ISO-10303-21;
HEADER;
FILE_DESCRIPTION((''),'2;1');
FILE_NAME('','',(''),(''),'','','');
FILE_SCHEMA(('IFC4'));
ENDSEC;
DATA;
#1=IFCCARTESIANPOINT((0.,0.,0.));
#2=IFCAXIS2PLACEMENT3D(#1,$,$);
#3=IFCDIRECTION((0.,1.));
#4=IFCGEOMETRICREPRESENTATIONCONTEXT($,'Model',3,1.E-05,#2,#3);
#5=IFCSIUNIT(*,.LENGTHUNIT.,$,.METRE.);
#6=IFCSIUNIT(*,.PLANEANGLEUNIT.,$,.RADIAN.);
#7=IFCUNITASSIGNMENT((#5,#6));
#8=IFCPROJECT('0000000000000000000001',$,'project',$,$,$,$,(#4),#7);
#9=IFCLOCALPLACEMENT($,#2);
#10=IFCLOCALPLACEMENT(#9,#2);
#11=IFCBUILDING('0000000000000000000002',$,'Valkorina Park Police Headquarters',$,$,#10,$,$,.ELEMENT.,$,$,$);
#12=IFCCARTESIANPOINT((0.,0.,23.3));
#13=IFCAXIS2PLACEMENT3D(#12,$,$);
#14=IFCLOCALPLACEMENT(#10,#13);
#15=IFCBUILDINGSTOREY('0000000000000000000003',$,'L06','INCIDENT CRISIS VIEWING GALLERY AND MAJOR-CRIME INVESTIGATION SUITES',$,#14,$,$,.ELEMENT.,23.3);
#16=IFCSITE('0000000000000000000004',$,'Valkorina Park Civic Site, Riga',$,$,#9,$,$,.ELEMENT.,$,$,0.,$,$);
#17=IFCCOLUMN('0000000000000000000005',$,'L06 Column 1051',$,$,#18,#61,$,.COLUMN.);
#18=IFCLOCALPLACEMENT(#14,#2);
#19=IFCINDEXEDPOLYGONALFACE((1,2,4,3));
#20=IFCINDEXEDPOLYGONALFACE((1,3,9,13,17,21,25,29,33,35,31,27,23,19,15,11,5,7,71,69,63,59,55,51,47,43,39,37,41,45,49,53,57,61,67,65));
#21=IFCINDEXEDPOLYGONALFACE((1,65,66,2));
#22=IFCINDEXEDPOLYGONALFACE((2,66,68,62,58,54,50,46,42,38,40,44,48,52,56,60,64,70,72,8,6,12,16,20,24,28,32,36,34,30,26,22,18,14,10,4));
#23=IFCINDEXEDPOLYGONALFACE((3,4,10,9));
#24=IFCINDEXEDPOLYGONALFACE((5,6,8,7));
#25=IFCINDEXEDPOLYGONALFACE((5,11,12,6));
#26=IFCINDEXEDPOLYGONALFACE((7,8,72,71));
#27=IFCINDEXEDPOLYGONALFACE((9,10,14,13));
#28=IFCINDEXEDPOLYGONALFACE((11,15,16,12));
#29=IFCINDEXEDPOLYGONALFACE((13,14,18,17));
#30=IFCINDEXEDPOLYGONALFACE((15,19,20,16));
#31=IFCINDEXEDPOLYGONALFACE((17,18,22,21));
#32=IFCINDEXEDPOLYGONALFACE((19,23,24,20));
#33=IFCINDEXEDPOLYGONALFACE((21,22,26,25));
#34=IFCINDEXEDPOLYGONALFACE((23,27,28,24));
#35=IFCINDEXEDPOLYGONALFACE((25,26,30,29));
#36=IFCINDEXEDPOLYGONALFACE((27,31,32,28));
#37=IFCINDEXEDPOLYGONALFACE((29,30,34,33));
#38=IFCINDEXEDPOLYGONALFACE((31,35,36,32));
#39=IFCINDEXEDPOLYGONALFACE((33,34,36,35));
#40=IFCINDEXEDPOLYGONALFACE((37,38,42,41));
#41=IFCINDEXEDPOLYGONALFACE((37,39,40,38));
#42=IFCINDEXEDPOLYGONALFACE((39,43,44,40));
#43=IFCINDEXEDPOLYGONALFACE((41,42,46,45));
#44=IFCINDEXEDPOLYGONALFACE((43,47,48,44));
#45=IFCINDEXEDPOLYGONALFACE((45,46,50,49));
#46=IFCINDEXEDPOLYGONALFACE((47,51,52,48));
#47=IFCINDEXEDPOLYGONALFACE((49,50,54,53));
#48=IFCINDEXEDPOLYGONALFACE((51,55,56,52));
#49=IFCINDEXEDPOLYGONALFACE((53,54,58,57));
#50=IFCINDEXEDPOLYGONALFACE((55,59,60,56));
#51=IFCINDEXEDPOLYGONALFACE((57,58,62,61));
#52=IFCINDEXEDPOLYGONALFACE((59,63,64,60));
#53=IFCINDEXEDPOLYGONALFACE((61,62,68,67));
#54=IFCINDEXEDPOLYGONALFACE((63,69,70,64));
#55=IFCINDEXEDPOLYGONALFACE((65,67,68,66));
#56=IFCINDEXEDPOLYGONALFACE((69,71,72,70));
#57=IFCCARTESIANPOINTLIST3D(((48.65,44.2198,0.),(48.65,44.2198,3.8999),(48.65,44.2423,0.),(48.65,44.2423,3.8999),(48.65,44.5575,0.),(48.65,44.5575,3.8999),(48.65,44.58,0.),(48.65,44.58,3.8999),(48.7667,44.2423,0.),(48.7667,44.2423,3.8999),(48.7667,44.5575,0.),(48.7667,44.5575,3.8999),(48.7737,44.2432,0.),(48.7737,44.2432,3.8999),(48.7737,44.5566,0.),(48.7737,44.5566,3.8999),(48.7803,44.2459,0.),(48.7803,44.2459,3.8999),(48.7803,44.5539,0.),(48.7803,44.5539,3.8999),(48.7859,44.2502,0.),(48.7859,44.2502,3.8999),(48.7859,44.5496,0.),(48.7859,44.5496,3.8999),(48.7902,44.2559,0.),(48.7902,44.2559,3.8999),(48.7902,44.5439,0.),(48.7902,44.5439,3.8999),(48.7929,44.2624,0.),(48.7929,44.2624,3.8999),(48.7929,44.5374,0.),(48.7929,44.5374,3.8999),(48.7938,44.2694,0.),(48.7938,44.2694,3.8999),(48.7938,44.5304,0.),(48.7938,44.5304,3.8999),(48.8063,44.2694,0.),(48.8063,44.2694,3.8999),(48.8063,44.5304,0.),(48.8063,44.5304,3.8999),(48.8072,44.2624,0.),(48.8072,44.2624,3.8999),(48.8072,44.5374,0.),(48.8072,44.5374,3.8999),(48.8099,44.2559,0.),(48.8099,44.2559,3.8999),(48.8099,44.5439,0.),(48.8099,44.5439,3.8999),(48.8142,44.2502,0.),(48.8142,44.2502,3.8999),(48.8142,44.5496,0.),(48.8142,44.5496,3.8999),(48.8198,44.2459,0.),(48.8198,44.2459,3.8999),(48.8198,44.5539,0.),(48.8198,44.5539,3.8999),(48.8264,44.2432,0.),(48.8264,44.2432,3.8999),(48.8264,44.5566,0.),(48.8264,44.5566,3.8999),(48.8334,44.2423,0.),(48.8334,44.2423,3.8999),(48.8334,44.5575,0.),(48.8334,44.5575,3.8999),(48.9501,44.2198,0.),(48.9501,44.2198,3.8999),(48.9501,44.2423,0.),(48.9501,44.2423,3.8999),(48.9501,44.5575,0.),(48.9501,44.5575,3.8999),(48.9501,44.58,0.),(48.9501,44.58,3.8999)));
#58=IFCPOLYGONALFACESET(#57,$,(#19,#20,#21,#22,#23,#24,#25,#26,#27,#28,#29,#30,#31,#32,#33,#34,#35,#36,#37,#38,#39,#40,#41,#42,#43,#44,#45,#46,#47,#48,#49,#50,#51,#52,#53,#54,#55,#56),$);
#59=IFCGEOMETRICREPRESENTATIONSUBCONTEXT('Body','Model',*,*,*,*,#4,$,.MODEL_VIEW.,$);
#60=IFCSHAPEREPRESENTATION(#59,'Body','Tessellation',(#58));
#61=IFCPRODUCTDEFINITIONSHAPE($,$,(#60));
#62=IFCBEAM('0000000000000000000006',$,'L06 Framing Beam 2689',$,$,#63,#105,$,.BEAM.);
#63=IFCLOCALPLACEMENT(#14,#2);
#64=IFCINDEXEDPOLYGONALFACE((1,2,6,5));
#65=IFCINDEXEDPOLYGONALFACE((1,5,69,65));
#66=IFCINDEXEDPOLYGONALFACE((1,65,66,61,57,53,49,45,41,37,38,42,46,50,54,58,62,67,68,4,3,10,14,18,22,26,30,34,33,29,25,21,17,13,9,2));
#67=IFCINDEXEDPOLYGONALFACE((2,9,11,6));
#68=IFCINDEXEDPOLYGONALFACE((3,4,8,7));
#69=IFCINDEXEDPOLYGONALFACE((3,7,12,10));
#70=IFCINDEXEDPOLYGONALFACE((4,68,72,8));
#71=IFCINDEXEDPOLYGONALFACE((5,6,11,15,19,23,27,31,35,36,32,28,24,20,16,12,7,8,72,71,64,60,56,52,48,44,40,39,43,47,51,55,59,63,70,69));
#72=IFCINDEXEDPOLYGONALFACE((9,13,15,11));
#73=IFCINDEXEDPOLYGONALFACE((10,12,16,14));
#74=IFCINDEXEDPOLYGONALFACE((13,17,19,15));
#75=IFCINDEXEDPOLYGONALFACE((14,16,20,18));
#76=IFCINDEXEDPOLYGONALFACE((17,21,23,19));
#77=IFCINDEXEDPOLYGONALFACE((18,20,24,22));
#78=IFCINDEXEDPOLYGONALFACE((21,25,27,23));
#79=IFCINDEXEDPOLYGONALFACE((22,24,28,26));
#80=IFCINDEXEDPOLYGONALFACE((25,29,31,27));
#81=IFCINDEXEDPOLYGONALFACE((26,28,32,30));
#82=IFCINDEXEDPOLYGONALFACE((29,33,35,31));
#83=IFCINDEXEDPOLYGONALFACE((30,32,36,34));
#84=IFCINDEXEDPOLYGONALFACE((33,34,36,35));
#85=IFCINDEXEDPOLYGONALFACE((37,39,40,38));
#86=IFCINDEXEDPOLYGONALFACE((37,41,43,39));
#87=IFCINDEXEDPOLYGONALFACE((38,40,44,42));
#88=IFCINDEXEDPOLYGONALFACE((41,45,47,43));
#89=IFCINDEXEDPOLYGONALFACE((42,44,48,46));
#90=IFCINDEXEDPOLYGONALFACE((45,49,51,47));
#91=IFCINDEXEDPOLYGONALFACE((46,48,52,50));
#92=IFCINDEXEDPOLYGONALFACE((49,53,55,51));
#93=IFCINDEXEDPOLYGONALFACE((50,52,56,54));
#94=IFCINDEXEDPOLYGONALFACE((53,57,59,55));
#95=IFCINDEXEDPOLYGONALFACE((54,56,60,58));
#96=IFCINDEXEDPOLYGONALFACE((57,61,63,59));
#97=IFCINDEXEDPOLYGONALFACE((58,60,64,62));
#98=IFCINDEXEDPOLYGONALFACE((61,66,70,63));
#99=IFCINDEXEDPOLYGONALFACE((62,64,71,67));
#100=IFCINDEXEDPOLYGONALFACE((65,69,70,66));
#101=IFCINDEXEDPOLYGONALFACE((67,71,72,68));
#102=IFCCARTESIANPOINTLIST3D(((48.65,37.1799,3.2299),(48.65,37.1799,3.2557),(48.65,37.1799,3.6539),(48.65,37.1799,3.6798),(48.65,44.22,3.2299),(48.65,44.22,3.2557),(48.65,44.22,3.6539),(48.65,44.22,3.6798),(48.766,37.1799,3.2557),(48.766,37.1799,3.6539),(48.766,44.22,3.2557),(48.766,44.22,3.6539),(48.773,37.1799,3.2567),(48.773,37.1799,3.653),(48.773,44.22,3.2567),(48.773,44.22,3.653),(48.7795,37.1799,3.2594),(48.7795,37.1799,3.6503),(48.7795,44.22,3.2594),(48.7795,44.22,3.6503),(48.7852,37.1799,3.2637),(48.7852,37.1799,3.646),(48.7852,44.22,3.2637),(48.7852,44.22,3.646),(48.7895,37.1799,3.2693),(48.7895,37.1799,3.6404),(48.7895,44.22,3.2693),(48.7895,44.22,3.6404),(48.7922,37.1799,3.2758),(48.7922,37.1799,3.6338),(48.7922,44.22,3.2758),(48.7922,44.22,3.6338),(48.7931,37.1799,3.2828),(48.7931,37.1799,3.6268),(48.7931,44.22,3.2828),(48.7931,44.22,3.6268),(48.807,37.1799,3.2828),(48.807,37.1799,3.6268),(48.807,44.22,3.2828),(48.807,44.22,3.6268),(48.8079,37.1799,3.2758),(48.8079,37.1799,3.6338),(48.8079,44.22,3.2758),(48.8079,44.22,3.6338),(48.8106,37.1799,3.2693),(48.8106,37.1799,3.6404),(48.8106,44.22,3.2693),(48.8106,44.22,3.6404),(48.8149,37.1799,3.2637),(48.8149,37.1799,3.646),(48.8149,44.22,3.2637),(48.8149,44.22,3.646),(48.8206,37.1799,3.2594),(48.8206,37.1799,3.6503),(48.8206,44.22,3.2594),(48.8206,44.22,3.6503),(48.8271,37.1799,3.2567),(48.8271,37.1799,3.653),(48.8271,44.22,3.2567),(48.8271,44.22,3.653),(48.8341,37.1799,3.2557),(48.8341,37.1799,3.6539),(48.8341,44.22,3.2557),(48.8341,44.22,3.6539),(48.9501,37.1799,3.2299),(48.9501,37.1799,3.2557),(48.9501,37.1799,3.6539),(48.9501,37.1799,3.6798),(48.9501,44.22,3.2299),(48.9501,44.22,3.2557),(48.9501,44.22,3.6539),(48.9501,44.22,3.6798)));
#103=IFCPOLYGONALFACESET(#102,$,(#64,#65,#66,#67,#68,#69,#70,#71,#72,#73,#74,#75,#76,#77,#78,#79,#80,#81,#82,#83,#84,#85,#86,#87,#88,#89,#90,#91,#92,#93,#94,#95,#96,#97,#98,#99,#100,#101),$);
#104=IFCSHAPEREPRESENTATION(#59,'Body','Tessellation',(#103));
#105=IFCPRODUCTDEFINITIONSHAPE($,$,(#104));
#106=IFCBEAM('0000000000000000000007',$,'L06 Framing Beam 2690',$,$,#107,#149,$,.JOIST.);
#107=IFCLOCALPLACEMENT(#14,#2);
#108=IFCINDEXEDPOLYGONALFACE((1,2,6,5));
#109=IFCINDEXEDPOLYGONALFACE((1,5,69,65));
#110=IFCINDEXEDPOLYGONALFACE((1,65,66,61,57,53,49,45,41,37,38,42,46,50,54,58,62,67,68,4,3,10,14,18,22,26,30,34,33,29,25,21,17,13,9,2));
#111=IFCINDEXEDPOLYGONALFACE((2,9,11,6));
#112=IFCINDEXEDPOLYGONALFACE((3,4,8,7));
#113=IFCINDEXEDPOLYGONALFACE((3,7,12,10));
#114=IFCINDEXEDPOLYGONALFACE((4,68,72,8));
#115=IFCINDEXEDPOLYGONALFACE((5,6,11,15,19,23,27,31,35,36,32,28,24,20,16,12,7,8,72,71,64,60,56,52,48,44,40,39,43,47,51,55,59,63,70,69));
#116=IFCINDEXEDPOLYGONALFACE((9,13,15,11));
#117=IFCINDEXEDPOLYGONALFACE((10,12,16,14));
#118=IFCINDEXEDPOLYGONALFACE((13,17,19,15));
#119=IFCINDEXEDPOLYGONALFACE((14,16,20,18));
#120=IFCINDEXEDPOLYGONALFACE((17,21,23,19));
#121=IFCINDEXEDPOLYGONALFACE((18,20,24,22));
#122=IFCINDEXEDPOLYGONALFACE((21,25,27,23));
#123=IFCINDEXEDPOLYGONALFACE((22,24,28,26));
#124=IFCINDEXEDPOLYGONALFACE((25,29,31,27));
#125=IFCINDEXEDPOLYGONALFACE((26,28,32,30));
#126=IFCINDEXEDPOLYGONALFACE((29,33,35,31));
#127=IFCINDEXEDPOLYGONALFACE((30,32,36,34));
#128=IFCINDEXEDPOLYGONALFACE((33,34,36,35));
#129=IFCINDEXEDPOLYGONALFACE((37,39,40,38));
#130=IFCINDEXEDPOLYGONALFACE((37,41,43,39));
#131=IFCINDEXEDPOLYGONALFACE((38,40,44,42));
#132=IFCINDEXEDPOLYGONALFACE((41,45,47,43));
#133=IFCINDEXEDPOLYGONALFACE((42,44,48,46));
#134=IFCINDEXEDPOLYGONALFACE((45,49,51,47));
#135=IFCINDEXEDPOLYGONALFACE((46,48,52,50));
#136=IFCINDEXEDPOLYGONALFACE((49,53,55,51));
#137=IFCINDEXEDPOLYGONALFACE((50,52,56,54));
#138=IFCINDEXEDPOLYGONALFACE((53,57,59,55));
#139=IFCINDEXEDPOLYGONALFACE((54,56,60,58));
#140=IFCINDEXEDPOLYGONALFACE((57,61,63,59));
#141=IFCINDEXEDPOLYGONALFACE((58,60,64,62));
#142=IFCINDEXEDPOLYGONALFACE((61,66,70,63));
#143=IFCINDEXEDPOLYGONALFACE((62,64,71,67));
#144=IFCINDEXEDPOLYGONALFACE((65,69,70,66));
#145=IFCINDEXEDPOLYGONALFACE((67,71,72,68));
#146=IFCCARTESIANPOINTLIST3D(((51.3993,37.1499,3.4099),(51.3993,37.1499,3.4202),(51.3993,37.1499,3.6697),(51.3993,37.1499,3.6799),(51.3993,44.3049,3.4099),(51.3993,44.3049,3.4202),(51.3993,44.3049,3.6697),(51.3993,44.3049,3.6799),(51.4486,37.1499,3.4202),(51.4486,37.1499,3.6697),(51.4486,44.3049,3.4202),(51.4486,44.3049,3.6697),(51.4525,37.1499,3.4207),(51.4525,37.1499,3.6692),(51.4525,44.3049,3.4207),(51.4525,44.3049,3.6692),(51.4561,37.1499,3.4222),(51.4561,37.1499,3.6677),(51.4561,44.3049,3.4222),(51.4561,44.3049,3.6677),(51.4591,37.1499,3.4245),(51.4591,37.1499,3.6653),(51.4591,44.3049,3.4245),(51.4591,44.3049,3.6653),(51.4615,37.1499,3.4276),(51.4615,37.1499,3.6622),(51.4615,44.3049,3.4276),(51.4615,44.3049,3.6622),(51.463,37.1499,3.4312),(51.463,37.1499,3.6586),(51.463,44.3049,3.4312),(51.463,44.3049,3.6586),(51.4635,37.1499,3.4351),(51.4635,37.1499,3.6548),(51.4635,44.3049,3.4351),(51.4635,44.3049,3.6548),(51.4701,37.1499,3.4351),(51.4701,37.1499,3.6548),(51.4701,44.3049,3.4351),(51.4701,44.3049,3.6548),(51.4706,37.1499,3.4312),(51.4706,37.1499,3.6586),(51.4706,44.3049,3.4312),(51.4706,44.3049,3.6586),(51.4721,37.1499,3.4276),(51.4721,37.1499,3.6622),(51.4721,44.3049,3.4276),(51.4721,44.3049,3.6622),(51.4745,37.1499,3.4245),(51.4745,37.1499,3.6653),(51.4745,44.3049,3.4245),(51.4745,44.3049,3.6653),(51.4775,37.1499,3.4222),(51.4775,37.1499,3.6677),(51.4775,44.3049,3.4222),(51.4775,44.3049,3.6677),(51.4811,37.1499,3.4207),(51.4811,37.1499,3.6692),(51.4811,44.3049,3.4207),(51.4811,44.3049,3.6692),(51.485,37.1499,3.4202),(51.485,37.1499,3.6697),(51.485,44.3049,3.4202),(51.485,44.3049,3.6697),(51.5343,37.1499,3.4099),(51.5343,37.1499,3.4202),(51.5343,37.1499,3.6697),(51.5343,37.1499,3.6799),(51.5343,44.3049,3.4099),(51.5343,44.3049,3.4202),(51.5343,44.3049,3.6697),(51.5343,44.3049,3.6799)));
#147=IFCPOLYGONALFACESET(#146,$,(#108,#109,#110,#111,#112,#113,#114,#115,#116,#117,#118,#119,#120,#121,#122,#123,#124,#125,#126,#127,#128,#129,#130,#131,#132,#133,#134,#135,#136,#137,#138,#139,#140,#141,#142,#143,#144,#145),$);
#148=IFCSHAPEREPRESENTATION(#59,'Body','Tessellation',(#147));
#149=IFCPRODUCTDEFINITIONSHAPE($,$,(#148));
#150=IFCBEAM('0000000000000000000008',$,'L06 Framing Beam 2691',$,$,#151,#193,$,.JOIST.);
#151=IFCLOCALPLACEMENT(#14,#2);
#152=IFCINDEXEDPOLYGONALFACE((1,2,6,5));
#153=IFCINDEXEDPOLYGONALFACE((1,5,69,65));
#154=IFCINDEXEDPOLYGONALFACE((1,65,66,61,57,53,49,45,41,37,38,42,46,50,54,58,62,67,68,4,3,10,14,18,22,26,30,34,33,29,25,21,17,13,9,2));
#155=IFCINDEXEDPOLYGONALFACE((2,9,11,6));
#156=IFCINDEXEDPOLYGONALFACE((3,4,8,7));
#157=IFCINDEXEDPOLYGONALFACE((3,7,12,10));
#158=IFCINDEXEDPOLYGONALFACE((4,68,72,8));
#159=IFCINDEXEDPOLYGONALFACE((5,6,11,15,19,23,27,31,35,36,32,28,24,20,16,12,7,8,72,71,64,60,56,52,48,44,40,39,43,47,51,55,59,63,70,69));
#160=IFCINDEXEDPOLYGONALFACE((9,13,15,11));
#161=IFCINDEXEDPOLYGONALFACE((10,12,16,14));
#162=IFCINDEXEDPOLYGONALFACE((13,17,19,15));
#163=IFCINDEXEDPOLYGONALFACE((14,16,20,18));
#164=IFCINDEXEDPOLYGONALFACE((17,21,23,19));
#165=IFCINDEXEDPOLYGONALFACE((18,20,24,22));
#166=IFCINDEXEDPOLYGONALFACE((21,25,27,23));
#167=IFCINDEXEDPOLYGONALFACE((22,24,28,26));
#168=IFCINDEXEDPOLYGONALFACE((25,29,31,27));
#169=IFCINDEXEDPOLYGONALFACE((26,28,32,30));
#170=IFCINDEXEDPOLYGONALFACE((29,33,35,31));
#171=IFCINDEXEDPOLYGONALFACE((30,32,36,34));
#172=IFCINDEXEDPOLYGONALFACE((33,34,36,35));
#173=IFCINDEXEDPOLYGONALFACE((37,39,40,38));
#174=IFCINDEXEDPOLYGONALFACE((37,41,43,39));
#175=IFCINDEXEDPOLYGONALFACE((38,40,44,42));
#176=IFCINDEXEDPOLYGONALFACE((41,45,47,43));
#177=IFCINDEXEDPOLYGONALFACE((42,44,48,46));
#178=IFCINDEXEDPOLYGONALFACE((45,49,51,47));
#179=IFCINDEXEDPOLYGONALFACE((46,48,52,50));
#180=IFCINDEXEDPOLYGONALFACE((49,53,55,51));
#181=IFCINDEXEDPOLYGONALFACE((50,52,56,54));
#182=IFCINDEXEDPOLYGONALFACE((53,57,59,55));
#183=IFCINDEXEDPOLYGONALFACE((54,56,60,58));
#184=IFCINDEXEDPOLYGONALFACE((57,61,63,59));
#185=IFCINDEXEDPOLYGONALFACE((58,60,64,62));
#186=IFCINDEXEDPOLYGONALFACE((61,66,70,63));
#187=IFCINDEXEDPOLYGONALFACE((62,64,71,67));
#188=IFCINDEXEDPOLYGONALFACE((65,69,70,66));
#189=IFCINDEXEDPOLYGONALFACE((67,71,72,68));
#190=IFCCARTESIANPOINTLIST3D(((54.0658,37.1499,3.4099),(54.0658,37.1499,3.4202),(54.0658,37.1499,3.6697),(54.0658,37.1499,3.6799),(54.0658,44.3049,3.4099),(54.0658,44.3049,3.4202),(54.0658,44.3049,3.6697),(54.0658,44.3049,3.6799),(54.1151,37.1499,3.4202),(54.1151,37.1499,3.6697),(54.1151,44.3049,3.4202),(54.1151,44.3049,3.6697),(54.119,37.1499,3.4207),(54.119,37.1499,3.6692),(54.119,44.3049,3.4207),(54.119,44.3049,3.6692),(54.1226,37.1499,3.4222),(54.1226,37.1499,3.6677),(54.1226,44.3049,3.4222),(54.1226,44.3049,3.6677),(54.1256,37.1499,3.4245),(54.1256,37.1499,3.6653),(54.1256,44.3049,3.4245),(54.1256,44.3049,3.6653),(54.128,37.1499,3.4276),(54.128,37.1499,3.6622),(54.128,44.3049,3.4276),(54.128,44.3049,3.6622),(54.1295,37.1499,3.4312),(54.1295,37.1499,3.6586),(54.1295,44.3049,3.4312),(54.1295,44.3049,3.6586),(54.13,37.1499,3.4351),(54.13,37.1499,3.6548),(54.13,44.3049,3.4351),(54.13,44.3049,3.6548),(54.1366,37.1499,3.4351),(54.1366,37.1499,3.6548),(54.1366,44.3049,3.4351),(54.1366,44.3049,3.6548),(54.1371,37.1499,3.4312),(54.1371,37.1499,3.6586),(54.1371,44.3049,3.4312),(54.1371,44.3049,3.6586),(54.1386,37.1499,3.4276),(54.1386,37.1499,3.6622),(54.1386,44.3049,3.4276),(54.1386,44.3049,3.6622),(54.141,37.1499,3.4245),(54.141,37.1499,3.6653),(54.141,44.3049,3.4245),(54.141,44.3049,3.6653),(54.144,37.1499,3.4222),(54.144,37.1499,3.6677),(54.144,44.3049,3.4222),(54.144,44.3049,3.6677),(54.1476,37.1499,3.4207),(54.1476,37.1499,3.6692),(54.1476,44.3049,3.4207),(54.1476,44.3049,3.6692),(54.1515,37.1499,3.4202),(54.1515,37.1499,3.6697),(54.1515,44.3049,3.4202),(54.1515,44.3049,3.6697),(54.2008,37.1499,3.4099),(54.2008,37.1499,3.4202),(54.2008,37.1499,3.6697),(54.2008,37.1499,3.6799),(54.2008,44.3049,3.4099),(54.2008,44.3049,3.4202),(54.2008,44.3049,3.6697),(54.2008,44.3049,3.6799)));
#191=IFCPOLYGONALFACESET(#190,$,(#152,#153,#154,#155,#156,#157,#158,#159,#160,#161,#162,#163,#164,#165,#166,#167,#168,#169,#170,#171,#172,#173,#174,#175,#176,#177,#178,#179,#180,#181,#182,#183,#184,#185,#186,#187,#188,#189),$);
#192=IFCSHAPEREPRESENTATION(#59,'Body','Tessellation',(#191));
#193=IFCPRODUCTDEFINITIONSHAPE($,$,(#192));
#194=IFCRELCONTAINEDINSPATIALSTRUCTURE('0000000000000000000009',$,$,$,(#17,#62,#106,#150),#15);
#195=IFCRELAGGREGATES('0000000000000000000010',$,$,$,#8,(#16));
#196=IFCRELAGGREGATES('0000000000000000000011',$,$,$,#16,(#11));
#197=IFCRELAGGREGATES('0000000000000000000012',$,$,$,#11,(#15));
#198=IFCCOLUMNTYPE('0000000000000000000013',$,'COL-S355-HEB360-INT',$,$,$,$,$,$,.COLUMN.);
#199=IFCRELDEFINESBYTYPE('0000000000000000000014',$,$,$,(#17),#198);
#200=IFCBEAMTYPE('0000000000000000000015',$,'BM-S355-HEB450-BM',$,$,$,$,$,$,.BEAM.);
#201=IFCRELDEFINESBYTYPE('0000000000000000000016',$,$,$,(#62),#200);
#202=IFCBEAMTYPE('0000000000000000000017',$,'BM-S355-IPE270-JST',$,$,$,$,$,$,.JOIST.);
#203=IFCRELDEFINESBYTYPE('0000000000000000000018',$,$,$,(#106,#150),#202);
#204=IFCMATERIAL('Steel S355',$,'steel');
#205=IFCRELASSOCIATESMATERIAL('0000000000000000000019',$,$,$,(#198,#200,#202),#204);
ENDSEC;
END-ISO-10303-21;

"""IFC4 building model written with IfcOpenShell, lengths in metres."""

from ifc_helpers import new_model, si_unit, direction, frame, origin, origin_2d, place, context, subcontext, project, spatial, i_section, extrude, material, material_profile, profile_set, type_object, element, save


model = new_model("IFC4")

# Units and contexts
model_context = context("Model", 3, precision=1e-05, world=origin(), true_north=direction((0.0, 1.0)))
body_context = subcontext(model_context, "Body", "Model", "MODEL_VIEW")
ifc_project = project(units=[si_unit("LENGTHUNIT", "METRE"), si_unit("PLANEANGLEUNIT", "RADIAN")], contexts=[model_context])

# Site, building, storey
site_placement = place(None, origin())
site = spatial("IfcSite", under=ifc_project, at=site_placement, Name="Valkorina Park Civic Site, Riga", CompositionType="ELEMENT", RefElevation=0.0)
building_placement = place(site_placement, origin())
building = spatial("IfcBuilding", under=site, at=building_placement, Name="Valkorina Park Police Headquarters", CompositionType="ELEMENT")
storey_placement = place(building_placement, frame((0.0, 0.0, 23.3)))
storey = spatial("IfcBuildingStorey", under=building, at=storey_placement, Name="L06", Description="INCIDENT CRISIS VIEWING GALLERY AND MAJOR-CRIME INVESTIGATION SUITES", CompositionType="ELEMENT", Elevation=23.3)

# Column
ifc_material_1 = material(Name="Steel S355", Category="steel")
ifc_material_profile_1 = material_profile(ifc_material_1, i_section(OverallWidth=0.3, OverallDepth=0.3601, WebThickness=0.0125, FlangeThickness=0.0225, FilletRadius=0.0271, at=origin_2d()), Name="HEB 360")
ifc_profile_set_1 = profile_set([ifc_material_profile_1], Name="Steel S355")
column_type = type_object("IfcColumnType", Name="COL-S355-HEB360-INT", PredefinedType="COLUMN", material=ifc_profile_set_1)
column_placement = place(storey_placement, frame((48.8, 44.3999, 0.0), z_axis=(0.0, 0.0, 1.0), x_axis=(1.0, 0.0, 0.0)))
element("IfcColumn", 1, at=column_placement, inside=storey, type_object=column_type, Name="L06 Column 1051", PredefinedType="COLUMN", context=body_context, shape_type="SweptSolid", body=[
    extrude(i_section(OverallWidth=0.3, OverallDepth=0.3601, WebThickness=0.0125, FlangeThickness=0.0225, FilletRadius=0.0271, at=origin_2d()), origin(), (0.0, 0.0, 1.0), 3.8999),
])

# Beams
ifc_material_profile_2 = material_profile(ifc_material_1, i_section(OverallWidth=0.3, OverallDepth=0.45, WebThickness=0.0139, FlangeThickness=0.0259, FilletRadius=0.0271, at=origin_2d()), Name="HEB 450")
ifc_profile_set_2 = profile_set([ifc_material_profile_2], Name="Steel S355")
beam_type_1 = type_object("IfcBeamType", Name="BM-S355-HEB450-BM", PredefinedType="BEAM", material=ifc_profile_set_2)
beam_1_placement = place(storey_placement, frame((48.8, 37.1799, 3.4548), z_axis=(0.0, 1.0, 0.0), x_axis=(-1.0, 0.0, 0.0)))
element("IfcBeam", 2, at=beam_1_placement, inside=storey, type_object=beam_type_1, Name="L06 Framing Beam 2689", PredefinedType="BEAM", context=body_context, shape_type="SweptSolid", body=[
    extrude(i_section(OverallWidth=0.3, OverallDepth=0.45, WebThickness=0.0139, FlangeThickness=0.0259, FilletRadius=0.0271, at=origin_2d()), origin(), (0.0, 0.0, 1.0), 7.04),
])
ifc_material_profile_3 = material_profile(ifc_material_1, i_section(OverallWidth=0.135, OverallDepth=0.27, WebThickness=0.0066, FlangeThickness=0.0103, FilletRadius=0.0149, at=origin_2d()), Name="IPE 270")
ifc_profile_set_3 = profile_set([ifc_material_profile_3], Name="Steel S355")
beam_type_2 = type_object("IfcBeamType", Name="BM-S355-IPE270-JST", PredefinedType="JOIST", material=ifc_profile_set_3)
for number, where, z_axis, x_axis, name in (
    (3, (51.4668, 37.1499, 3.5449), (0.0, 1.0, 0.0), (-1.0, 0.0, 0.0), "L06 Framing Beam 2690"),
    (4, (54.1333, 37.1499, 3.5449), (0.0, 1.0, 0.0), (-1.0, 0.0, 0.0), "L06 Framing Beam 2691"),
):
    element("IfcBeam", number, at=place(storey_placement, frame(where, z_axis=z_axis, x_axis=x_axis)), inside=storey, type_object=beam_type_2, Name=name, PredefinedType="JOIST", context=body_context, shape_type="SweptSolid", body=[
        extrude(i_section(OverallWidth=0.135, OverallDepth=0.27, WebThickness=0.0066, FlangeThickness=0.0103, FilletRadius=0.0149, at=origin_2d()), origin(), (0.0, 0.0, 1.0), 7.155),
    ])

save(model, "model.ifc")
